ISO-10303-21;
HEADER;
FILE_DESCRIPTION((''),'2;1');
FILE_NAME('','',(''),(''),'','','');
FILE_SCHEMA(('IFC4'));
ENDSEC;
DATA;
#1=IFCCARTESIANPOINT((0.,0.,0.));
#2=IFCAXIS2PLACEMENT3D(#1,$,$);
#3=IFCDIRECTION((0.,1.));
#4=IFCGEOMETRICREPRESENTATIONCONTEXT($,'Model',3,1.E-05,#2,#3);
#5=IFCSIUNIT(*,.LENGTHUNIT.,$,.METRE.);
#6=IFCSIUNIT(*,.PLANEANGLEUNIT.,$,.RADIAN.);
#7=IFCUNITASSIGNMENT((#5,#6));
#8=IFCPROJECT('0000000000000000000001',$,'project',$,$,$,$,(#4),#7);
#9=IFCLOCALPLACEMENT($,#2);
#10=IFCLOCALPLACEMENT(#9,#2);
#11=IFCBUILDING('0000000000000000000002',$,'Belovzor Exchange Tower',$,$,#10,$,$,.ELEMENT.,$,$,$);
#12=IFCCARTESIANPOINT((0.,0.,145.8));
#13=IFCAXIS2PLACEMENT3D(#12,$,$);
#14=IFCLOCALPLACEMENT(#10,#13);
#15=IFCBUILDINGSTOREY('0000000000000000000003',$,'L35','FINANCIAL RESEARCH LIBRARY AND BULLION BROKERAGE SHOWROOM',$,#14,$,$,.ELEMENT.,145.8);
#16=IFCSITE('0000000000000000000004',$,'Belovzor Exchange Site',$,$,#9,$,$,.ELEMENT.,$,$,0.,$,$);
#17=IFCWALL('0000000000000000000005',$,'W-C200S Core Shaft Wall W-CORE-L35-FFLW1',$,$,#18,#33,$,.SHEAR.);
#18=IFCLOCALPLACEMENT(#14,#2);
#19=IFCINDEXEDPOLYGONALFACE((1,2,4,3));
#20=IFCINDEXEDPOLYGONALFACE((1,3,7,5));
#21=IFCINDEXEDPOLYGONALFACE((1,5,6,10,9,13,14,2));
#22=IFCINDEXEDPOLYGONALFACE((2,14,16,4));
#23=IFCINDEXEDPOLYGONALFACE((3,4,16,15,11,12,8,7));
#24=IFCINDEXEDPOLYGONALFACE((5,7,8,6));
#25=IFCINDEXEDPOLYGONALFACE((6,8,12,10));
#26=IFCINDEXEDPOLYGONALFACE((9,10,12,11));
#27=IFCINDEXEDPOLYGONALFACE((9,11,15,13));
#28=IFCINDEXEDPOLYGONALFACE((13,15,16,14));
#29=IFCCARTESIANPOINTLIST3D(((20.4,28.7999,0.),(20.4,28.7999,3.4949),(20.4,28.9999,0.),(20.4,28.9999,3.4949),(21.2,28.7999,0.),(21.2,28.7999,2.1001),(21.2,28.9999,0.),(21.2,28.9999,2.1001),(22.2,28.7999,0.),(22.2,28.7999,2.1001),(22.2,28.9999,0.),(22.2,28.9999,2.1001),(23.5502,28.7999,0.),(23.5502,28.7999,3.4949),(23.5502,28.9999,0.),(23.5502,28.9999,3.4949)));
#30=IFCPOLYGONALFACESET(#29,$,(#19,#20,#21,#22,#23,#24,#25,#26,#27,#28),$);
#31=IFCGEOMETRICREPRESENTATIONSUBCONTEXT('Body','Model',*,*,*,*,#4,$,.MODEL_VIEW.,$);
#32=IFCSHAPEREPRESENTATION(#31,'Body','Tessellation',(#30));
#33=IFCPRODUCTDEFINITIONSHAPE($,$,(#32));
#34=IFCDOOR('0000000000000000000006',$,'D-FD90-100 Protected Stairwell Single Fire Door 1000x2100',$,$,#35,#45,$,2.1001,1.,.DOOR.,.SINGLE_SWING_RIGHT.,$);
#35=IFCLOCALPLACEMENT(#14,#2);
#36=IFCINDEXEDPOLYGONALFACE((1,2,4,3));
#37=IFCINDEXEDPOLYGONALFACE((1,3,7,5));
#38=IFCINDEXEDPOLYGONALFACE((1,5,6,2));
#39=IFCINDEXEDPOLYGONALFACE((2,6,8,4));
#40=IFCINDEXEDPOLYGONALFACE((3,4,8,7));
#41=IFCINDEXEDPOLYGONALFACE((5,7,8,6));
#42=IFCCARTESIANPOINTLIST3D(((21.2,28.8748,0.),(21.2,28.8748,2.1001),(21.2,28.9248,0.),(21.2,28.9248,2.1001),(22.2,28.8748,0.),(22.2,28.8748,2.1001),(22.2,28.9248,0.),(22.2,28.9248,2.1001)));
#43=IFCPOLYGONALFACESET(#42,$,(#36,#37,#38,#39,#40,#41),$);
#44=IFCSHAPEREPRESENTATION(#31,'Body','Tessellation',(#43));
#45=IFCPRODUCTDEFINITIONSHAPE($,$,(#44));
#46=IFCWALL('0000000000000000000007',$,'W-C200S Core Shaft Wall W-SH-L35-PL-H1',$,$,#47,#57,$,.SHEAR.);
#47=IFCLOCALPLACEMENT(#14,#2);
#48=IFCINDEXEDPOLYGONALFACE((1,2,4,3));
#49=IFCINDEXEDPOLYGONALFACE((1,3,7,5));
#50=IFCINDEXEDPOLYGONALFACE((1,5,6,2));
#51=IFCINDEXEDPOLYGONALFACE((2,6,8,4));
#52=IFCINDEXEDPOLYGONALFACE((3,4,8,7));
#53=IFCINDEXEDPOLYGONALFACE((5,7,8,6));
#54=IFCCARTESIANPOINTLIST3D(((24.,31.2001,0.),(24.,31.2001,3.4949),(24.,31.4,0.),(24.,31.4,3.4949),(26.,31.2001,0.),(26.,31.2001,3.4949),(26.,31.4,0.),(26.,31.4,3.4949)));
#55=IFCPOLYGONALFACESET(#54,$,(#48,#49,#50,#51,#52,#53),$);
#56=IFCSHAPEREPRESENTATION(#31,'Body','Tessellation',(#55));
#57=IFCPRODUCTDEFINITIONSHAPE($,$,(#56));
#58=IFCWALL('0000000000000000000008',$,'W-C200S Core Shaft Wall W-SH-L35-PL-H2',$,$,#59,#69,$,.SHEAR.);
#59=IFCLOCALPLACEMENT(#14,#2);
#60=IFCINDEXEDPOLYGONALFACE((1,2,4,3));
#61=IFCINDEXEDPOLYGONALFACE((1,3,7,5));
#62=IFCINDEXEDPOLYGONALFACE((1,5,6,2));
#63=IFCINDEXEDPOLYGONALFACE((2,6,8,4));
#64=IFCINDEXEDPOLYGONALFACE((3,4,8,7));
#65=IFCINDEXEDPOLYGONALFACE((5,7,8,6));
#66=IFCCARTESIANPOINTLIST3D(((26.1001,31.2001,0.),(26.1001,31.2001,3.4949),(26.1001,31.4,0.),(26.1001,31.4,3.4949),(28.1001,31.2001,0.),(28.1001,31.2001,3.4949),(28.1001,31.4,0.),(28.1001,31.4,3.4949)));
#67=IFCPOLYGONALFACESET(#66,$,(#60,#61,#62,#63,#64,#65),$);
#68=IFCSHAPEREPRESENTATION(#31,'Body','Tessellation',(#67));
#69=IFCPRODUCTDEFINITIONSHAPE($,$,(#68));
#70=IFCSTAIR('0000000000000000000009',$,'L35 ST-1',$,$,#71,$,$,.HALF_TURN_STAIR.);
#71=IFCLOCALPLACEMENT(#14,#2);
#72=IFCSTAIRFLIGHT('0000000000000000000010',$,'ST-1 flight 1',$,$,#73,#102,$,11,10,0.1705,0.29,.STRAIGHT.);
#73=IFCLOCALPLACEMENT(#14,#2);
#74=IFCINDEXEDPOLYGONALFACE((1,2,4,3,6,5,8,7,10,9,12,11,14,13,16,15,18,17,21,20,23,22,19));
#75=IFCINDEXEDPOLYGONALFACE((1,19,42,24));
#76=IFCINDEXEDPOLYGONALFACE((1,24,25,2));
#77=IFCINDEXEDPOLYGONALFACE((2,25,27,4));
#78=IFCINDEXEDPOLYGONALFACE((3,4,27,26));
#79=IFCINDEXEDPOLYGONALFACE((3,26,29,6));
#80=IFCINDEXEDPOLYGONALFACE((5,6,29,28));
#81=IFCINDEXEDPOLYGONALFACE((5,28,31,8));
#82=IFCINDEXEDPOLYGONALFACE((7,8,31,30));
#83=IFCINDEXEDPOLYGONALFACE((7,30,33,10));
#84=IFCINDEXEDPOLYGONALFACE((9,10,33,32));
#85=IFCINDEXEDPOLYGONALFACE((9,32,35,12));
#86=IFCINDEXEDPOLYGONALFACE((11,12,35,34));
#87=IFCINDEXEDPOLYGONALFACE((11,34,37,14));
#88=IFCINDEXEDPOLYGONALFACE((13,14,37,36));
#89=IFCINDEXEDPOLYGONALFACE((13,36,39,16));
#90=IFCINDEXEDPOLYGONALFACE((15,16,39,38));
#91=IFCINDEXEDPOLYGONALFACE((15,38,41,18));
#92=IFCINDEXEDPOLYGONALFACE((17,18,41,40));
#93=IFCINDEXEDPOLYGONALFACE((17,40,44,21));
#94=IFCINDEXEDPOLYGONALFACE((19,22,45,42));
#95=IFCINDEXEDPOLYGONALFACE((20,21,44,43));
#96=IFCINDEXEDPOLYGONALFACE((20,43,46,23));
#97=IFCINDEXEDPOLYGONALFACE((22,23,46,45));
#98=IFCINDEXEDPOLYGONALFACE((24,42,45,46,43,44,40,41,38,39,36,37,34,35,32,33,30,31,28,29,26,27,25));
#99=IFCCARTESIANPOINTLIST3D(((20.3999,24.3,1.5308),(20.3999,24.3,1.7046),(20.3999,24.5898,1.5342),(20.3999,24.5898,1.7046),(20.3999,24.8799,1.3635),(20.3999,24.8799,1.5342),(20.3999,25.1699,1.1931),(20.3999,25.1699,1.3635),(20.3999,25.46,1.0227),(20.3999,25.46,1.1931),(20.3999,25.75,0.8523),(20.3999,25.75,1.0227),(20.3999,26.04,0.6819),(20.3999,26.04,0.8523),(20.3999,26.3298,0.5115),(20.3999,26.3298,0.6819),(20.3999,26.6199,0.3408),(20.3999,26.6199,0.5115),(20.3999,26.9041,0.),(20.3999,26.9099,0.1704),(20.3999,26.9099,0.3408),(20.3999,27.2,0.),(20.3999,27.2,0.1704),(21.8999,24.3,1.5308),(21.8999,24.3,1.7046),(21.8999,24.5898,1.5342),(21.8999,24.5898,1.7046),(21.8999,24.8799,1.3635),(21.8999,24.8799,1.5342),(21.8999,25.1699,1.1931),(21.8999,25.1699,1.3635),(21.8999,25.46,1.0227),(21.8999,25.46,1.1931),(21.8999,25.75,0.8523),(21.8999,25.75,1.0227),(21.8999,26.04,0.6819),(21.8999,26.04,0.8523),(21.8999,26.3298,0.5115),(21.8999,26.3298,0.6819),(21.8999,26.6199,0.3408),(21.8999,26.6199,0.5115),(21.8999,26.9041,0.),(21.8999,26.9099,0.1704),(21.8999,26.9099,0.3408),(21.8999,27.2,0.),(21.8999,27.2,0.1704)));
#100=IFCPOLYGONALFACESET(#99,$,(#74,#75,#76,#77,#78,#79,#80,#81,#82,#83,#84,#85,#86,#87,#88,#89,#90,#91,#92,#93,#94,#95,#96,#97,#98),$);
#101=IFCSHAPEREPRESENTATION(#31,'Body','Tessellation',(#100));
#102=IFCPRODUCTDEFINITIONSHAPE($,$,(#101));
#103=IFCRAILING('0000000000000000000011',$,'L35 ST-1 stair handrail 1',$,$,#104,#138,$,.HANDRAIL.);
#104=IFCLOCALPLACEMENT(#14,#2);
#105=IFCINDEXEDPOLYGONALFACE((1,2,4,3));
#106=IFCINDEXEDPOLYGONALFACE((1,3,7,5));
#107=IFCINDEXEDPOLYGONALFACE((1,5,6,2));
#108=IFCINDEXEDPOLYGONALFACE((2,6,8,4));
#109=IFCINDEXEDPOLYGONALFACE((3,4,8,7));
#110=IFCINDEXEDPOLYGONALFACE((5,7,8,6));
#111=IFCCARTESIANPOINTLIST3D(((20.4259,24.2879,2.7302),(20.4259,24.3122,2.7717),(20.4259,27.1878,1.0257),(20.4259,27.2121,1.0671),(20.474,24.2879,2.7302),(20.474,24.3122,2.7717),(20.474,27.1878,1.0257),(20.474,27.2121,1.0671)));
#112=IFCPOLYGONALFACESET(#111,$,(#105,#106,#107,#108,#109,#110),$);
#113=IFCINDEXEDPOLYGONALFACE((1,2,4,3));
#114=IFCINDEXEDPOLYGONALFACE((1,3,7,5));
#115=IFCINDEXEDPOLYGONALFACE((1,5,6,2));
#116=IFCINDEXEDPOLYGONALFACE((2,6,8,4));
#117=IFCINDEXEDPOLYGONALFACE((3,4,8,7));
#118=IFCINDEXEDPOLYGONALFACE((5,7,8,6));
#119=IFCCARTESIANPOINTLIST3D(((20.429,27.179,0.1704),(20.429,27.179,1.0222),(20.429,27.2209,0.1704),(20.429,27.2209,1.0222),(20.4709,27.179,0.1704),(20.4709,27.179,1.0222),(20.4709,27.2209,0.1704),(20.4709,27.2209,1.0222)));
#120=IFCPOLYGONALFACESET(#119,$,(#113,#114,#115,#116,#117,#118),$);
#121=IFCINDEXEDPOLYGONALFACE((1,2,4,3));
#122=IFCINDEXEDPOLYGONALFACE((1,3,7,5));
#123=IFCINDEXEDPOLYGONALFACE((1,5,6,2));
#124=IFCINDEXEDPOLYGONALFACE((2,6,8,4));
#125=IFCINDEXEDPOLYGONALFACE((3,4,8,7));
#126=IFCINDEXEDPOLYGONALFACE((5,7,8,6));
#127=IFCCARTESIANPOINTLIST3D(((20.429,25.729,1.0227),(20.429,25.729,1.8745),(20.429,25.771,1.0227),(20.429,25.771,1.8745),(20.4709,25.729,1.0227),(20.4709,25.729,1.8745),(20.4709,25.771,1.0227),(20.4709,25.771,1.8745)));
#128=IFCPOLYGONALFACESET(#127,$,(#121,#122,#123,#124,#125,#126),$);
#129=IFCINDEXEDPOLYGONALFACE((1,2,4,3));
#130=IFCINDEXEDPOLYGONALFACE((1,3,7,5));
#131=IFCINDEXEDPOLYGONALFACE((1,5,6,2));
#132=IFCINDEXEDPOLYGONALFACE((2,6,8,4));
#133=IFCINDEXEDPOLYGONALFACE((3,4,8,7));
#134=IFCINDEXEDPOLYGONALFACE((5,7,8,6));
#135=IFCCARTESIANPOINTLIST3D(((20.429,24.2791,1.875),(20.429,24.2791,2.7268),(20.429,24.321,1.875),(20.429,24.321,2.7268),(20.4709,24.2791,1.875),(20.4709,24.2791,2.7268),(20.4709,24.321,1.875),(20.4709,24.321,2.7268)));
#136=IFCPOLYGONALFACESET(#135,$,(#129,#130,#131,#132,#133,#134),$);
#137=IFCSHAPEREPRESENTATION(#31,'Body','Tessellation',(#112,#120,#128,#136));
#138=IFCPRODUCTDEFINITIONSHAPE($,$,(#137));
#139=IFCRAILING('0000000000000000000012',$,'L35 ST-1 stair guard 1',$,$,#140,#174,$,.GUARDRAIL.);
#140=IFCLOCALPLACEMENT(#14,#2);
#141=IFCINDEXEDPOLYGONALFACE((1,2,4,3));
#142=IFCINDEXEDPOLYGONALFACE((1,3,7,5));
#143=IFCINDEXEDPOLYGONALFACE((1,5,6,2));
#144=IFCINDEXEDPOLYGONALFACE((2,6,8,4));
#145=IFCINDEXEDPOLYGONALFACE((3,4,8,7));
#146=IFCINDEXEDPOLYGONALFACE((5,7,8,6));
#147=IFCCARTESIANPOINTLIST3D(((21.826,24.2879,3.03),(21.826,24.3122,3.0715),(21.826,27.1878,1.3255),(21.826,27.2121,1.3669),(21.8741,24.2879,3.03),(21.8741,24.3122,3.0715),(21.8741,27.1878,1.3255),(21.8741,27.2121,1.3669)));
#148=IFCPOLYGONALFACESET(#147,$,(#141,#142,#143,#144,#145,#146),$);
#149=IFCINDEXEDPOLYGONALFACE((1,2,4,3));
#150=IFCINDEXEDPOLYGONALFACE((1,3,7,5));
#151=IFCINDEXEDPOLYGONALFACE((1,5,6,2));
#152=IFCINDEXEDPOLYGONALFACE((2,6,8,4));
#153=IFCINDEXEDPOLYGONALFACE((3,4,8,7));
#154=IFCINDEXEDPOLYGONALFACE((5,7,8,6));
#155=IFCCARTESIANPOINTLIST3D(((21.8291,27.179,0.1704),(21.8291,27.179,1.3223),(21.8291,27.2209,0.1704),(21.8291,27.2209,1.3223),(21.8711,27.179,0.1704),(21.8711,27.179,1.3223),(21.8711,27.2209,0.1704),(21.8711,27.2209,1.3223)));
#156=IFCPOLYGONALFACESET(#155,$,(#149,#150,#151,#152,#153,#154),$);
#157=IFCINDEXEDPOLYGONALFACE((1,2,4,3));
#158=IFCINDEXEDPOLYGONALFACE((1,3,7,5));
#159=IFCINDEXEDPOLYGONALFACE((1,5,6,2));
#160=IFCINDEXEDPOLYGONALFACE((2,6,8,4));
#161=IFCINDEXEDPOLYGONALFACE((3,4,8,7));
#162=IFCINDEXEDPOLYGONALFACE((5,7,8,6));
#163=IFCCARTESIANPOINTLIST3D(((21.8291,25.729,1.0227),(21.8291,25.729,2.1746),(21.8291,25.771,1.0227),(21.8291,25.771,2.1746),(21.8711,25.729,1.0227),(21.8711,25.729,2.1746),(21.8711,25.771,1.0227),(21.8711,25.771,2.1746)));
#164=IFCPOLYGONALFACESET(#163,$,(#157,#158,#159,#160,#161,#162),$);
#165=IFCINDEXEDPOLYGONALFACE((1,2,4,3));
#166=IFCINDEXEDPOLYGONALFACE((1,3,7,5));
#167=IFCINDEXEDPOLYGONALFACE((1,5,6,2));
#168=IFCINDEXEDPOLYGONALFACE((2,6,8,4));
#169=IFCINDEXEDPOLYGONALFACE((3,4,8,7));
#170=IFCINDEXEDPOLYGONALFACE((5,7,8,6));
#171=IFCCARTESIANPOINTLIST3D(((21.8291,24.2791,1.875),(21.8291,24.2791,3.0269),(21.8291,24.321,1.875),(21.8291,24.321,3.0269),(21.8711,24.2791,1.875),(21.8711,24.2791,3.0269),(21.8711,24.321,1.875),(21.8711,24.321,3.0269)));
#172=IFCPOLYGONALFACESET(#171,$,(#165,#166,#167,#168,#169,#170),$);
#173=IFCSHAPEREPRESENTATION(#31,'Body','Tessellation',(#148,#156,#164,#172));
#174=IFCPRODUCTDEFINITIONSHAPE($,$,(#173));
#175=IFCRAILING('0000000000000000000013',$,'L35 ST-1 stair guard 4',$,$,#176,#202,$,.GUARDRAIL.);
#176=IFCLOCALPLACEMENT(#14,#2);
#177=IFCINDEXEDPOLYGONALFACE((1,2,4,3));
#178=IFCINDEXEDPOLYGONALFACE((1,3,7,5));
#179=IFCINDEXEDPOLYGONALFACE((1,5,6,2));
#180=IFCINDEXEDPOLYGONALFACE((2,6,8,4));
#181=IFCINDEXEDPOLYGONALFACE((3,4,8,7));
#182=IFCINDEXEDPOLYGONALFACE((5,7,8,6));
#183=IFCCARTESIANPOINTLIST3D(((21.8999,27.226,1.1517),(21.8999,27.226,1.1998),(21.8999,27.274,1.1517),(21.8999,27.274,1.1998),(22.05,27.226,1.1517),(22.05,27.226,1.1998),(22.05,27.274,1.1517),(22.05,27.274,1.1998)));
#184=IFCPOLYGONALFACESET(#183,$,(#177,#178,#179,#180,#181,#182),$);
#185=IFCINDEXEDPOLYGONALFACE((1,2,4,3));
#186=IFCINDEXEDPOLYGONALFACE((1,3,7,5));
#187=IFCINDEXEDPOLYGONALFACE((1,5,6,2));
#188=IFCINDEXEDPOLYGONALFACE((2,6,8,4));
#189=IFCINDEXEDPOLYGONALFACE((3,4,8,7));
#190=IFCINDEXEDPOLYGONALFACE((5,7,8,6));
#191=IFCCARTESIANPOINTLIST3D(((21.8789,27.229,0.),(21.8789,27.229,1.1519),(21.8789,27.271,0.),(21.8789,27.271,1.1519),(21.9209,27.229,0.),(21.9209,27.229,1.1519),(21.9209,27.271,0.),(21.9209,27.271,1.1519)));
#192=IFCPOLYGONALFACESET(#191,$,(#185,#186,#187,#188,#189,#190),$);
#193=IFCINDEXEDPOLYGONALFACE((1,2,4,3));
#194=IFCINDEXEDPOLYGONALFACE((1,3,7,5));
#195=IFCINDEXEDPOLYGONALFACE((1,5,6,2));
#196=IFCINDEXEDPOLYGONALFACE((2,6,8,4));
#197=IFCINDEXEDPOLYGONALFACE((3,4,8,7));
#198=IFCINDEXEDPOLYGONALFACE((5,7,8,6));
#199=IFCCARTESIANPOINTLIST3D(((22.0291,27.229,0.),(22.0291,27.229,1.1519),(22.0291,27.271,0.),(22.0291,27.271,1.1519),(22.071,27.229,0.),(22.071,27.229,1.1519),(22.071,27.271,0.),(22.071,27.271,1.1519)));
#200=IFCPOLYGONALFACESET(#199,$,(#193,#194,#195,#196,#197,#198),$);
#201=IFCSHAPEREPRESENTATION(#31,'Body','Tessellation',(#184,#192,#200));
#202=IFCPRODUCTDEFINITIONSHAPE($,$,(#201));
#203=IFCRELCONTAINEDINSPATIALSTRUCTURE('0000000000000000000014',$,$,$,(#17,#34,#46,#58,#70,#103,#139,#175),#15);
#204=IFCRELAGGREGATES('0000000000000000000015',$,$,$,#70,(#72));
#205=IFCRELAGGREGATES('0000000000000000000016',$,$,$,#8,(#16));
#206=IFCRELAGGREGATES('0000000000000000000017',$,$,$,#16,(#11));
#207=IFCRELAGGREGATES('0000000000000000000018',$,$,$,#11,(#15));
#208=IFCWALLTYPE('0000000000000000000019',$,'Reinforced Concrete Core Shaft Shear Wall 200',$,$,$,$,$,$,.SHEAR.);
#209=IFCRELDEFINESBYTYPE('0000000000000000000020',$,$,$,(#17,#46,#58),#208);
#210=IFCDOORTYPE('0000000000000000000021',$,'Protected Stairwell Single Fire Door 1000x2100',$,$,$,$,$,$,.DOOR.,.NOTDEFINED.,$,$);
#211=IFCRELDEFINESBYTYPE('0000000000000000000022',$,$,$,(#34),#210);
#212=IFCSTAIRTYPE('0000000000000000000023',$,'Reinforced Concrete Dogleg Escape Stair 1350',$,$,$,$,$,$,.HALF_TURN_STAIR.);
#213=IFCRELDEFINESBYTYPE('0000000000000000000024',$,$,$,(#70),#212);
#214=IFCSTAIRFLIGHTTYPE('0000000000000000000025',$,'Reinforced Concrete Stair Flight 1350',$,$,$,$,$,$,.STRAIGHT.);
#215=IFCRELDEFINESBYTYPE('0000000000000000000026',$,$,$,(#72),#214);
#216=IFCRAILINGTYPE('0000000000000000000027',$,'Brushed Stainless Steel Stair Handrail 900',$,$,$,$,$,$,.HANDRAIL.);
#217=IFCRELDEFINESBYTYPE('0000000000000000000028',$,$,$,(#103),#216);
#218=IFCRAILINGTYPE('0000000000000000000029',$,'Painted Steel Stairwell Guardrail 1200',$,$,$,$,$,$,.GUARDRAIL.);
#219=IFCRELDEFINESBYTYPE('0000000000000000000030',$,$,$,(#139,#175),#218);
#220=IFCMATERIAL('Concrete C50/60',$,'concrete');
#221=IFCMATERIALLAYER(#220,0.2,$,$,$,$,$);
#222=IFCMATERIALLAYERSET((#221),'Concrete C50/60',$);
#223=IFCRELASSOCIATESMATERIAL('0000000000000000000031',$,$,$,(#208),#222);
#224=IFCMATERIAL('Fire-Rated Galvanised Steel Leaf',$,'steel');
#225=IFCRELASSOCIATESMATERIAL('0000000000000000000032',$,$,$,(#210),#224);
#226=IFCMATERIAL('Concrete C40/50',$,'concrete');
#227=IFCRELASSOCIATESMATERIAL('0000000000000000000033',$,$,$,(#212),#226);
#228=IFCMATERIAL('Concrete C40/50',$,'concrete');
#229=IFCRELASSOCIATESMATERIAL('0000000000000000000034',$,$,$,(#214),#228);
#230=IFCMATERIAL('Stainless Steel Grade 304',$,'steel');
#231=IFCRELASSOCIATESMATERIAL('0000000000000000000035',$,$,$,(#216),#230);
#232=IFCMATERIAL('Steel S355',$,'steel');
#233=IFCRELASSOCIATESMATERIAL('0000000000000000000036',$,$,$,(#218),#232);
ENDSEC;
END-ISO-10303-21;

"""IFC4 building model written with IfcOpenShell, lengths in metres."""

from ifc_helpers import new_model, si_unit, direction, frame, frame_2d, origin, origin_2d, place, context, subcontext, project, spatial, polyline, rectangle, outline, extrude, material, layer, layer_set, type_object, element, fill, aggregate, save


model = new_model("IFC4")

# Units and contexts
model_context = context("Model", 3, precision=1e-05, world=origin(), true_north=direction((0.0, 1.0)))
body_context = subcontext(model_context, "Body", "Model", "MODEL_VIEW")
ifc_project = project(units=[si_unit("LENGTHUNIT", "METRE"), si_unit("PLANEANGLEUNIT", "RADIAN")], contexts=[model_context])

# Site, building, storey
site_placement = place(None, origin())
site = spatial("IfcSite", under=ifc_project, at=site_placement, Name="Belovzor Exchange Site", CompositionType="ELEMENT", RefElevation=0.0)
building_placement = place(site_placement, origin())
building = spatial("IfcBuilding", under=site, at=building_placement, Name="Belovzor Exchange Tower", CompositionType="ELEMENT")
storey_placement = place(building_placement, frame((0.0, 0.0, 145.8)))
storey = spatial("IfcBuildingStorey", under=building, at=storey_placement, Name="L35", Description="FINANCIAL RESEARCH LIBRARY AND BULLION BROKERAGE SHOWROOM", CompositionType="ELEMENT", Elevation=145.8)

# Wall, opening, door
ifc_material_1 = material(Name="Concrete C50/60", Category="concrete")
ifc_layer_1 = layer(ifc_material_1, 0.2)
ifc_layer_set_1 = layer_set([ifc_layer_1], Name="Concrete C50/60")
wall_type_1 = type_object("IfcWallType", Name="Reinforced Concrete Core Shaft Shear Wall 200", PredefinedType="SHEAR", material=ifc_layer_set_1)
wall_1_placement = place(storey_placement, frame((20.3999, 28.8999, 0.0), z_axis=(0.0, 0.0, 1.0), x_axis=(1.0, 0.0, 0.0)))
wall_1 = element("IfcWall", 1, at=wall_1_placement, inside=storey, type_object=wall_type_1, Name="W-C200S Core Shaft Wall W-CORE-L35-FFLW1", PredefinedType="SHEAR", context=body_context, shape_type="SweptSolid", body=[
    extrude(rectangle(XDim=3.1501, YDim=0.2, at=frame_2d((1.5752, 0.0))), origin(), (0.0, 0.0, 1.0), 3.4949),
])
opening_1_placement = place(wall_1_placement, frame((0.8, 0.0, 0.0)))
opening_1 = element("IfcOpeningElement", 2, at=opening_1_placement, cuts=wall_1, PredefinedType="OPENING", context=body_context, shape_type="SweptSolid", body=[
    extrude(rectangle(XDim=1.0, YDim=2.1001, at=frame_2d((0.5, 1.05))), frame((0.0, 0.1099, 0.0), z_axis=(0.0, -1.0, 0.0), x_axis=(1.0, 0.0, 0.0)), (0.0, 0.0, 1.0), 0.22),
])
ifc_material_2 = material(Name="Fire-Rated Galvanised Steel Leaf", Category="steel")
door_type_1 = type_object("IfcDoorType", Name="Protected Stairwell Single Fire Door 1000x2100", OperationType="NOTDEFINED", PredefinedType="DOOR", material=ifc_material_2)
door_1_placement = place(opening_1_placement, origin())
door_1 = element("IfcDoor", 3, at=door_1_placement, inside=storey, type_object=door_type_1, Name="D-FD90-100 Protected Stairwell Single Fire Door 1000x2100", OperationType="SINGLE_SWING_RIGHT", OverallHeight=2.1001, OverallWidth=1.0, PredefinedType="DOOR", context=body_context, shape_type="SweptSolid", body=[
    extrude(rectangle(XDim=1.0, YDim=2.1001, at=frame_2d((0.5, 1.05))), frame((0.0, 0.0249, 0.0), z_axis=(0.0, -1.0, 0.0), x_axis=(1.0, 0.0, 0.0)), (0.0, 0.0, 1.0), 0.05),
])
fill(opening_1, door_1)

# Walls
for number, where, z_axis, x_axis, name in (
    (4, (24.0, 31.3, 0.0), (0.0, 0.0, 1.0), (1.0, 0.0, 0.0), "W-C200S Core Shaft Wall W-SH-L35-PL-H1"),
    (5, (26.1001, 31.3, 0.0), (0.0, 0.0, 1.0), (1.0, 0.0, 0.0), "W-C200S Core Shaft Wall W-SH-L35-PL-H2"),
):
    element("IfcWall", number, at=place(storey_placement, frame(where, z_axis=z_axis, x_axis=x_axis)), inside=storey, type_object=wall_type_1, Name=name, PredefinedType="SHEAR", context=body_context, shape_type="SweptSolid", body=[
        extrude(rectangle(XDim=2.0, YDim=0.2, at=frame_2d((1.0, 0.0))), origin(), (0.0, 0.0, 1.0), 3.4949),
    ])

# Stair, stair flight
ifc_material_3 = material(Name="Concrete C40/50", Category="concrete")
stair_type = type_object("IfcStairType", Name="Reinforced Concrete Dogleg Escape Stair 1350", PredefinedType="HALF_TURN_STAIR", material=ifc_material_3)
stair_placement = place(storey_placement, origin())
stair = element("IfcStair", 6, at=stair_placement, inside=storey, type_object=stair_type, Name="L35 ST-1", PredefinedType="HALF_TURN_STAIR")
ifc_material_4 = material(Name="Concrete C40/50", Category="concrete")
stair_flight_type = type_object("IfcStairFlightType", Name="Reinforced Concrete Stair Flight 1350", PredefinedType="STRAIGHT", material=ifc_material_4)
stair_flight_placement = place(storey_placement, frame((21.1499, 27.2, 0.0), z_axis=(0.0, 0.0, 1.0), x_axis=(0.0, -1.0, 0.0)))
stair_flight = element("IfcStairFlight", 7, at=stair_flight_placement, type_object=stair_flight_type, Name="ST-1 flight 1", NumberOfRisers=11, NumberOfTreads=10, PredefinedType="STRAIGHT", RiserHeight=0.1705, TreadLength=0.29, context=body_context, shape_type="SweptSolid", body=[
    extrude(outline(polyline([(0.0, 0.0), (0.0, 0.1704), (0.29, 0.1704), (0.29, 0.3408), (0.5801, 0.3408), (0.5801, 0.5115), (0.8701, 0.5115), (0.8701, 0.6819), (1.1599, 0.6819), (1.1599, 0.8523), (1.45, 0.8523), (1.45, 1.0227), (1.74, 1.0227), (1.74, 1.1931), (2.03, 1.1931), (2.03, 1.3635), (2.3201, 1.3635), (2.3201, 1.5342), (2.6101, 1.5342), (2.6101, 1.7046), (2.8999, 1.7046), (2.8999, 1.875), (2.8999, 1.5308), (0.2959, 0.0), (0.0, 0.0)])), frame((0.0, 0.75, 0.0), z_axis=(0.0, -1.0, 0.0), x_axis=(1.0, 0.0, 0.0)), (0.0, 0.0, 1.0), 1.5),
])
aggregate(stair, [stair_flight])

# Railings
ifc_material_5 = material(Name="Stainless Steel Grade 304", Category="steel")
railing_type_1 = type_object("IfcRailingType", Name="Brushed Stainless Steel Stair Handrail 900", PredefinedType="HANDRAIL", material=ifc_material_5)
railing_1_placement = place(storey_placement, frame((20.45, 27.2, 0.1704)))
element("IfcRailing", 8, at=railing_1_placement, inside=storey, type_object=railing_type_1, Name="L35 ST-1 stair handrail 1", PredefinedType="HANDRAIL", context=body_context, shape_type="SweptSolid", body=[
    extrude(rectangle(XDim=0.0481, YDim=0.0481, at=origin_2d()), frame((0.0, 0.0, 0.876), z_axis=(0.0, -0.862095, 0.506747), x_axis=(1.0, 0.0, 0.0)), (0.0, 0.0, 1.0), 3.3638),
    extrude(rectangle(XDim=0.042, YDim=0.042, at=origin_2d()), origin(), (0.0, 0.0, 1.0), 0.8518),
    extrude(rectangle(XDim=0.042, YDim=0.042, at=origin_2d()), frame((0.0, -1.45, 0.8523)), (0.0, 0.0, 1.0), 0.8518),
    extrude(rectangle(XDim=0.042, YDim=0.042, at=origin_2d()), frame((0.0, -2.8999, 1.7046)), (0.0, 0.0, 1.0), 0.8518),
])
ifc_material_6 = material(Name="Steel S355", Category="steel")
railing_type_2 = type_object("IfcRailingType", Name="Painted Steel Stairwell Guardrail 1200", PredefinedType="GUARDRAIL", material=ifc_material_6)
railing_2_placement = place(storey_placement, frame((21.8501, 27.2, 0.1704)))
element("IfcRailing", 9, at=railing_2_placement, inside=storey, type_object=railing_type_2, Name="L35 ST-1 stair guard 1", PredefinedType="GUARDRAIL", context=body_context, shape_type="SweptSolid", body=[
    extrude(rectangle(XDim=0.0481, YDim=0.0481, at=origin_2d()), frame((0.0, 0.0, 1.1758), z_axis=(0.0, -0.862095, 0.506747), x_axis=(1.0, 0.0, 0.0)), (0.0, 0.0, 1.0), 3.3638),
    extrude(rectangle(XDim=0.042, YDim=0.042, at=origin_2d()), origin(), (0.0, 0.0, 1.0), 1.1519),
    extrude(rectangle(XDim=0.042, YDim=0.042, at=origin_2d()), frame((0.0, -1.45, 0.8523)), (0.0, 0.0, 1.0), 1.1519),
    extrude(rectangle(XDim=0.042, YDim=0.042, at=origin_2d()), frame((0.0, -2.8999, 1.7046)), (0.0, 0.0, 1.0), 1.1519),
])
railing_3_placement = place(storey_placement, frame((21.8999, 27.25, 0.0)))
element("IfcRailing", 10, at=railing_3_placement, inside=storey, type_object=railing_type_2, Name="L35 ST-1 stair guard 4", PredefinedType="GUARDRAIL", context=body_context, shape_type="SweptSolid", body=[
    extrude(rectangle(XDim=0.0481, YDim=0.0481, at=origin_2d()), frame((0.0, 0.0, 1.1758), z_axis=(1.0, 0.0, 0.0), x_axis=(0.0, 1.0, 0.0)), (0.0, 0.0, 1.0), 0.1501),
    extrude(rectangle(XDim=0.042, YDim=0.042, at=origin_2d()), origin(), (0.0, 0.0, 1.0), 1.1519),
    extrude(rectangle(XDim=0.042, YDim=0.042, at=origin_2d()), frame((0.1501, 0.0, 0.0)), (0.0, 0.0, 1.0), 1.1519),
])

save(model, "model.ifc")
